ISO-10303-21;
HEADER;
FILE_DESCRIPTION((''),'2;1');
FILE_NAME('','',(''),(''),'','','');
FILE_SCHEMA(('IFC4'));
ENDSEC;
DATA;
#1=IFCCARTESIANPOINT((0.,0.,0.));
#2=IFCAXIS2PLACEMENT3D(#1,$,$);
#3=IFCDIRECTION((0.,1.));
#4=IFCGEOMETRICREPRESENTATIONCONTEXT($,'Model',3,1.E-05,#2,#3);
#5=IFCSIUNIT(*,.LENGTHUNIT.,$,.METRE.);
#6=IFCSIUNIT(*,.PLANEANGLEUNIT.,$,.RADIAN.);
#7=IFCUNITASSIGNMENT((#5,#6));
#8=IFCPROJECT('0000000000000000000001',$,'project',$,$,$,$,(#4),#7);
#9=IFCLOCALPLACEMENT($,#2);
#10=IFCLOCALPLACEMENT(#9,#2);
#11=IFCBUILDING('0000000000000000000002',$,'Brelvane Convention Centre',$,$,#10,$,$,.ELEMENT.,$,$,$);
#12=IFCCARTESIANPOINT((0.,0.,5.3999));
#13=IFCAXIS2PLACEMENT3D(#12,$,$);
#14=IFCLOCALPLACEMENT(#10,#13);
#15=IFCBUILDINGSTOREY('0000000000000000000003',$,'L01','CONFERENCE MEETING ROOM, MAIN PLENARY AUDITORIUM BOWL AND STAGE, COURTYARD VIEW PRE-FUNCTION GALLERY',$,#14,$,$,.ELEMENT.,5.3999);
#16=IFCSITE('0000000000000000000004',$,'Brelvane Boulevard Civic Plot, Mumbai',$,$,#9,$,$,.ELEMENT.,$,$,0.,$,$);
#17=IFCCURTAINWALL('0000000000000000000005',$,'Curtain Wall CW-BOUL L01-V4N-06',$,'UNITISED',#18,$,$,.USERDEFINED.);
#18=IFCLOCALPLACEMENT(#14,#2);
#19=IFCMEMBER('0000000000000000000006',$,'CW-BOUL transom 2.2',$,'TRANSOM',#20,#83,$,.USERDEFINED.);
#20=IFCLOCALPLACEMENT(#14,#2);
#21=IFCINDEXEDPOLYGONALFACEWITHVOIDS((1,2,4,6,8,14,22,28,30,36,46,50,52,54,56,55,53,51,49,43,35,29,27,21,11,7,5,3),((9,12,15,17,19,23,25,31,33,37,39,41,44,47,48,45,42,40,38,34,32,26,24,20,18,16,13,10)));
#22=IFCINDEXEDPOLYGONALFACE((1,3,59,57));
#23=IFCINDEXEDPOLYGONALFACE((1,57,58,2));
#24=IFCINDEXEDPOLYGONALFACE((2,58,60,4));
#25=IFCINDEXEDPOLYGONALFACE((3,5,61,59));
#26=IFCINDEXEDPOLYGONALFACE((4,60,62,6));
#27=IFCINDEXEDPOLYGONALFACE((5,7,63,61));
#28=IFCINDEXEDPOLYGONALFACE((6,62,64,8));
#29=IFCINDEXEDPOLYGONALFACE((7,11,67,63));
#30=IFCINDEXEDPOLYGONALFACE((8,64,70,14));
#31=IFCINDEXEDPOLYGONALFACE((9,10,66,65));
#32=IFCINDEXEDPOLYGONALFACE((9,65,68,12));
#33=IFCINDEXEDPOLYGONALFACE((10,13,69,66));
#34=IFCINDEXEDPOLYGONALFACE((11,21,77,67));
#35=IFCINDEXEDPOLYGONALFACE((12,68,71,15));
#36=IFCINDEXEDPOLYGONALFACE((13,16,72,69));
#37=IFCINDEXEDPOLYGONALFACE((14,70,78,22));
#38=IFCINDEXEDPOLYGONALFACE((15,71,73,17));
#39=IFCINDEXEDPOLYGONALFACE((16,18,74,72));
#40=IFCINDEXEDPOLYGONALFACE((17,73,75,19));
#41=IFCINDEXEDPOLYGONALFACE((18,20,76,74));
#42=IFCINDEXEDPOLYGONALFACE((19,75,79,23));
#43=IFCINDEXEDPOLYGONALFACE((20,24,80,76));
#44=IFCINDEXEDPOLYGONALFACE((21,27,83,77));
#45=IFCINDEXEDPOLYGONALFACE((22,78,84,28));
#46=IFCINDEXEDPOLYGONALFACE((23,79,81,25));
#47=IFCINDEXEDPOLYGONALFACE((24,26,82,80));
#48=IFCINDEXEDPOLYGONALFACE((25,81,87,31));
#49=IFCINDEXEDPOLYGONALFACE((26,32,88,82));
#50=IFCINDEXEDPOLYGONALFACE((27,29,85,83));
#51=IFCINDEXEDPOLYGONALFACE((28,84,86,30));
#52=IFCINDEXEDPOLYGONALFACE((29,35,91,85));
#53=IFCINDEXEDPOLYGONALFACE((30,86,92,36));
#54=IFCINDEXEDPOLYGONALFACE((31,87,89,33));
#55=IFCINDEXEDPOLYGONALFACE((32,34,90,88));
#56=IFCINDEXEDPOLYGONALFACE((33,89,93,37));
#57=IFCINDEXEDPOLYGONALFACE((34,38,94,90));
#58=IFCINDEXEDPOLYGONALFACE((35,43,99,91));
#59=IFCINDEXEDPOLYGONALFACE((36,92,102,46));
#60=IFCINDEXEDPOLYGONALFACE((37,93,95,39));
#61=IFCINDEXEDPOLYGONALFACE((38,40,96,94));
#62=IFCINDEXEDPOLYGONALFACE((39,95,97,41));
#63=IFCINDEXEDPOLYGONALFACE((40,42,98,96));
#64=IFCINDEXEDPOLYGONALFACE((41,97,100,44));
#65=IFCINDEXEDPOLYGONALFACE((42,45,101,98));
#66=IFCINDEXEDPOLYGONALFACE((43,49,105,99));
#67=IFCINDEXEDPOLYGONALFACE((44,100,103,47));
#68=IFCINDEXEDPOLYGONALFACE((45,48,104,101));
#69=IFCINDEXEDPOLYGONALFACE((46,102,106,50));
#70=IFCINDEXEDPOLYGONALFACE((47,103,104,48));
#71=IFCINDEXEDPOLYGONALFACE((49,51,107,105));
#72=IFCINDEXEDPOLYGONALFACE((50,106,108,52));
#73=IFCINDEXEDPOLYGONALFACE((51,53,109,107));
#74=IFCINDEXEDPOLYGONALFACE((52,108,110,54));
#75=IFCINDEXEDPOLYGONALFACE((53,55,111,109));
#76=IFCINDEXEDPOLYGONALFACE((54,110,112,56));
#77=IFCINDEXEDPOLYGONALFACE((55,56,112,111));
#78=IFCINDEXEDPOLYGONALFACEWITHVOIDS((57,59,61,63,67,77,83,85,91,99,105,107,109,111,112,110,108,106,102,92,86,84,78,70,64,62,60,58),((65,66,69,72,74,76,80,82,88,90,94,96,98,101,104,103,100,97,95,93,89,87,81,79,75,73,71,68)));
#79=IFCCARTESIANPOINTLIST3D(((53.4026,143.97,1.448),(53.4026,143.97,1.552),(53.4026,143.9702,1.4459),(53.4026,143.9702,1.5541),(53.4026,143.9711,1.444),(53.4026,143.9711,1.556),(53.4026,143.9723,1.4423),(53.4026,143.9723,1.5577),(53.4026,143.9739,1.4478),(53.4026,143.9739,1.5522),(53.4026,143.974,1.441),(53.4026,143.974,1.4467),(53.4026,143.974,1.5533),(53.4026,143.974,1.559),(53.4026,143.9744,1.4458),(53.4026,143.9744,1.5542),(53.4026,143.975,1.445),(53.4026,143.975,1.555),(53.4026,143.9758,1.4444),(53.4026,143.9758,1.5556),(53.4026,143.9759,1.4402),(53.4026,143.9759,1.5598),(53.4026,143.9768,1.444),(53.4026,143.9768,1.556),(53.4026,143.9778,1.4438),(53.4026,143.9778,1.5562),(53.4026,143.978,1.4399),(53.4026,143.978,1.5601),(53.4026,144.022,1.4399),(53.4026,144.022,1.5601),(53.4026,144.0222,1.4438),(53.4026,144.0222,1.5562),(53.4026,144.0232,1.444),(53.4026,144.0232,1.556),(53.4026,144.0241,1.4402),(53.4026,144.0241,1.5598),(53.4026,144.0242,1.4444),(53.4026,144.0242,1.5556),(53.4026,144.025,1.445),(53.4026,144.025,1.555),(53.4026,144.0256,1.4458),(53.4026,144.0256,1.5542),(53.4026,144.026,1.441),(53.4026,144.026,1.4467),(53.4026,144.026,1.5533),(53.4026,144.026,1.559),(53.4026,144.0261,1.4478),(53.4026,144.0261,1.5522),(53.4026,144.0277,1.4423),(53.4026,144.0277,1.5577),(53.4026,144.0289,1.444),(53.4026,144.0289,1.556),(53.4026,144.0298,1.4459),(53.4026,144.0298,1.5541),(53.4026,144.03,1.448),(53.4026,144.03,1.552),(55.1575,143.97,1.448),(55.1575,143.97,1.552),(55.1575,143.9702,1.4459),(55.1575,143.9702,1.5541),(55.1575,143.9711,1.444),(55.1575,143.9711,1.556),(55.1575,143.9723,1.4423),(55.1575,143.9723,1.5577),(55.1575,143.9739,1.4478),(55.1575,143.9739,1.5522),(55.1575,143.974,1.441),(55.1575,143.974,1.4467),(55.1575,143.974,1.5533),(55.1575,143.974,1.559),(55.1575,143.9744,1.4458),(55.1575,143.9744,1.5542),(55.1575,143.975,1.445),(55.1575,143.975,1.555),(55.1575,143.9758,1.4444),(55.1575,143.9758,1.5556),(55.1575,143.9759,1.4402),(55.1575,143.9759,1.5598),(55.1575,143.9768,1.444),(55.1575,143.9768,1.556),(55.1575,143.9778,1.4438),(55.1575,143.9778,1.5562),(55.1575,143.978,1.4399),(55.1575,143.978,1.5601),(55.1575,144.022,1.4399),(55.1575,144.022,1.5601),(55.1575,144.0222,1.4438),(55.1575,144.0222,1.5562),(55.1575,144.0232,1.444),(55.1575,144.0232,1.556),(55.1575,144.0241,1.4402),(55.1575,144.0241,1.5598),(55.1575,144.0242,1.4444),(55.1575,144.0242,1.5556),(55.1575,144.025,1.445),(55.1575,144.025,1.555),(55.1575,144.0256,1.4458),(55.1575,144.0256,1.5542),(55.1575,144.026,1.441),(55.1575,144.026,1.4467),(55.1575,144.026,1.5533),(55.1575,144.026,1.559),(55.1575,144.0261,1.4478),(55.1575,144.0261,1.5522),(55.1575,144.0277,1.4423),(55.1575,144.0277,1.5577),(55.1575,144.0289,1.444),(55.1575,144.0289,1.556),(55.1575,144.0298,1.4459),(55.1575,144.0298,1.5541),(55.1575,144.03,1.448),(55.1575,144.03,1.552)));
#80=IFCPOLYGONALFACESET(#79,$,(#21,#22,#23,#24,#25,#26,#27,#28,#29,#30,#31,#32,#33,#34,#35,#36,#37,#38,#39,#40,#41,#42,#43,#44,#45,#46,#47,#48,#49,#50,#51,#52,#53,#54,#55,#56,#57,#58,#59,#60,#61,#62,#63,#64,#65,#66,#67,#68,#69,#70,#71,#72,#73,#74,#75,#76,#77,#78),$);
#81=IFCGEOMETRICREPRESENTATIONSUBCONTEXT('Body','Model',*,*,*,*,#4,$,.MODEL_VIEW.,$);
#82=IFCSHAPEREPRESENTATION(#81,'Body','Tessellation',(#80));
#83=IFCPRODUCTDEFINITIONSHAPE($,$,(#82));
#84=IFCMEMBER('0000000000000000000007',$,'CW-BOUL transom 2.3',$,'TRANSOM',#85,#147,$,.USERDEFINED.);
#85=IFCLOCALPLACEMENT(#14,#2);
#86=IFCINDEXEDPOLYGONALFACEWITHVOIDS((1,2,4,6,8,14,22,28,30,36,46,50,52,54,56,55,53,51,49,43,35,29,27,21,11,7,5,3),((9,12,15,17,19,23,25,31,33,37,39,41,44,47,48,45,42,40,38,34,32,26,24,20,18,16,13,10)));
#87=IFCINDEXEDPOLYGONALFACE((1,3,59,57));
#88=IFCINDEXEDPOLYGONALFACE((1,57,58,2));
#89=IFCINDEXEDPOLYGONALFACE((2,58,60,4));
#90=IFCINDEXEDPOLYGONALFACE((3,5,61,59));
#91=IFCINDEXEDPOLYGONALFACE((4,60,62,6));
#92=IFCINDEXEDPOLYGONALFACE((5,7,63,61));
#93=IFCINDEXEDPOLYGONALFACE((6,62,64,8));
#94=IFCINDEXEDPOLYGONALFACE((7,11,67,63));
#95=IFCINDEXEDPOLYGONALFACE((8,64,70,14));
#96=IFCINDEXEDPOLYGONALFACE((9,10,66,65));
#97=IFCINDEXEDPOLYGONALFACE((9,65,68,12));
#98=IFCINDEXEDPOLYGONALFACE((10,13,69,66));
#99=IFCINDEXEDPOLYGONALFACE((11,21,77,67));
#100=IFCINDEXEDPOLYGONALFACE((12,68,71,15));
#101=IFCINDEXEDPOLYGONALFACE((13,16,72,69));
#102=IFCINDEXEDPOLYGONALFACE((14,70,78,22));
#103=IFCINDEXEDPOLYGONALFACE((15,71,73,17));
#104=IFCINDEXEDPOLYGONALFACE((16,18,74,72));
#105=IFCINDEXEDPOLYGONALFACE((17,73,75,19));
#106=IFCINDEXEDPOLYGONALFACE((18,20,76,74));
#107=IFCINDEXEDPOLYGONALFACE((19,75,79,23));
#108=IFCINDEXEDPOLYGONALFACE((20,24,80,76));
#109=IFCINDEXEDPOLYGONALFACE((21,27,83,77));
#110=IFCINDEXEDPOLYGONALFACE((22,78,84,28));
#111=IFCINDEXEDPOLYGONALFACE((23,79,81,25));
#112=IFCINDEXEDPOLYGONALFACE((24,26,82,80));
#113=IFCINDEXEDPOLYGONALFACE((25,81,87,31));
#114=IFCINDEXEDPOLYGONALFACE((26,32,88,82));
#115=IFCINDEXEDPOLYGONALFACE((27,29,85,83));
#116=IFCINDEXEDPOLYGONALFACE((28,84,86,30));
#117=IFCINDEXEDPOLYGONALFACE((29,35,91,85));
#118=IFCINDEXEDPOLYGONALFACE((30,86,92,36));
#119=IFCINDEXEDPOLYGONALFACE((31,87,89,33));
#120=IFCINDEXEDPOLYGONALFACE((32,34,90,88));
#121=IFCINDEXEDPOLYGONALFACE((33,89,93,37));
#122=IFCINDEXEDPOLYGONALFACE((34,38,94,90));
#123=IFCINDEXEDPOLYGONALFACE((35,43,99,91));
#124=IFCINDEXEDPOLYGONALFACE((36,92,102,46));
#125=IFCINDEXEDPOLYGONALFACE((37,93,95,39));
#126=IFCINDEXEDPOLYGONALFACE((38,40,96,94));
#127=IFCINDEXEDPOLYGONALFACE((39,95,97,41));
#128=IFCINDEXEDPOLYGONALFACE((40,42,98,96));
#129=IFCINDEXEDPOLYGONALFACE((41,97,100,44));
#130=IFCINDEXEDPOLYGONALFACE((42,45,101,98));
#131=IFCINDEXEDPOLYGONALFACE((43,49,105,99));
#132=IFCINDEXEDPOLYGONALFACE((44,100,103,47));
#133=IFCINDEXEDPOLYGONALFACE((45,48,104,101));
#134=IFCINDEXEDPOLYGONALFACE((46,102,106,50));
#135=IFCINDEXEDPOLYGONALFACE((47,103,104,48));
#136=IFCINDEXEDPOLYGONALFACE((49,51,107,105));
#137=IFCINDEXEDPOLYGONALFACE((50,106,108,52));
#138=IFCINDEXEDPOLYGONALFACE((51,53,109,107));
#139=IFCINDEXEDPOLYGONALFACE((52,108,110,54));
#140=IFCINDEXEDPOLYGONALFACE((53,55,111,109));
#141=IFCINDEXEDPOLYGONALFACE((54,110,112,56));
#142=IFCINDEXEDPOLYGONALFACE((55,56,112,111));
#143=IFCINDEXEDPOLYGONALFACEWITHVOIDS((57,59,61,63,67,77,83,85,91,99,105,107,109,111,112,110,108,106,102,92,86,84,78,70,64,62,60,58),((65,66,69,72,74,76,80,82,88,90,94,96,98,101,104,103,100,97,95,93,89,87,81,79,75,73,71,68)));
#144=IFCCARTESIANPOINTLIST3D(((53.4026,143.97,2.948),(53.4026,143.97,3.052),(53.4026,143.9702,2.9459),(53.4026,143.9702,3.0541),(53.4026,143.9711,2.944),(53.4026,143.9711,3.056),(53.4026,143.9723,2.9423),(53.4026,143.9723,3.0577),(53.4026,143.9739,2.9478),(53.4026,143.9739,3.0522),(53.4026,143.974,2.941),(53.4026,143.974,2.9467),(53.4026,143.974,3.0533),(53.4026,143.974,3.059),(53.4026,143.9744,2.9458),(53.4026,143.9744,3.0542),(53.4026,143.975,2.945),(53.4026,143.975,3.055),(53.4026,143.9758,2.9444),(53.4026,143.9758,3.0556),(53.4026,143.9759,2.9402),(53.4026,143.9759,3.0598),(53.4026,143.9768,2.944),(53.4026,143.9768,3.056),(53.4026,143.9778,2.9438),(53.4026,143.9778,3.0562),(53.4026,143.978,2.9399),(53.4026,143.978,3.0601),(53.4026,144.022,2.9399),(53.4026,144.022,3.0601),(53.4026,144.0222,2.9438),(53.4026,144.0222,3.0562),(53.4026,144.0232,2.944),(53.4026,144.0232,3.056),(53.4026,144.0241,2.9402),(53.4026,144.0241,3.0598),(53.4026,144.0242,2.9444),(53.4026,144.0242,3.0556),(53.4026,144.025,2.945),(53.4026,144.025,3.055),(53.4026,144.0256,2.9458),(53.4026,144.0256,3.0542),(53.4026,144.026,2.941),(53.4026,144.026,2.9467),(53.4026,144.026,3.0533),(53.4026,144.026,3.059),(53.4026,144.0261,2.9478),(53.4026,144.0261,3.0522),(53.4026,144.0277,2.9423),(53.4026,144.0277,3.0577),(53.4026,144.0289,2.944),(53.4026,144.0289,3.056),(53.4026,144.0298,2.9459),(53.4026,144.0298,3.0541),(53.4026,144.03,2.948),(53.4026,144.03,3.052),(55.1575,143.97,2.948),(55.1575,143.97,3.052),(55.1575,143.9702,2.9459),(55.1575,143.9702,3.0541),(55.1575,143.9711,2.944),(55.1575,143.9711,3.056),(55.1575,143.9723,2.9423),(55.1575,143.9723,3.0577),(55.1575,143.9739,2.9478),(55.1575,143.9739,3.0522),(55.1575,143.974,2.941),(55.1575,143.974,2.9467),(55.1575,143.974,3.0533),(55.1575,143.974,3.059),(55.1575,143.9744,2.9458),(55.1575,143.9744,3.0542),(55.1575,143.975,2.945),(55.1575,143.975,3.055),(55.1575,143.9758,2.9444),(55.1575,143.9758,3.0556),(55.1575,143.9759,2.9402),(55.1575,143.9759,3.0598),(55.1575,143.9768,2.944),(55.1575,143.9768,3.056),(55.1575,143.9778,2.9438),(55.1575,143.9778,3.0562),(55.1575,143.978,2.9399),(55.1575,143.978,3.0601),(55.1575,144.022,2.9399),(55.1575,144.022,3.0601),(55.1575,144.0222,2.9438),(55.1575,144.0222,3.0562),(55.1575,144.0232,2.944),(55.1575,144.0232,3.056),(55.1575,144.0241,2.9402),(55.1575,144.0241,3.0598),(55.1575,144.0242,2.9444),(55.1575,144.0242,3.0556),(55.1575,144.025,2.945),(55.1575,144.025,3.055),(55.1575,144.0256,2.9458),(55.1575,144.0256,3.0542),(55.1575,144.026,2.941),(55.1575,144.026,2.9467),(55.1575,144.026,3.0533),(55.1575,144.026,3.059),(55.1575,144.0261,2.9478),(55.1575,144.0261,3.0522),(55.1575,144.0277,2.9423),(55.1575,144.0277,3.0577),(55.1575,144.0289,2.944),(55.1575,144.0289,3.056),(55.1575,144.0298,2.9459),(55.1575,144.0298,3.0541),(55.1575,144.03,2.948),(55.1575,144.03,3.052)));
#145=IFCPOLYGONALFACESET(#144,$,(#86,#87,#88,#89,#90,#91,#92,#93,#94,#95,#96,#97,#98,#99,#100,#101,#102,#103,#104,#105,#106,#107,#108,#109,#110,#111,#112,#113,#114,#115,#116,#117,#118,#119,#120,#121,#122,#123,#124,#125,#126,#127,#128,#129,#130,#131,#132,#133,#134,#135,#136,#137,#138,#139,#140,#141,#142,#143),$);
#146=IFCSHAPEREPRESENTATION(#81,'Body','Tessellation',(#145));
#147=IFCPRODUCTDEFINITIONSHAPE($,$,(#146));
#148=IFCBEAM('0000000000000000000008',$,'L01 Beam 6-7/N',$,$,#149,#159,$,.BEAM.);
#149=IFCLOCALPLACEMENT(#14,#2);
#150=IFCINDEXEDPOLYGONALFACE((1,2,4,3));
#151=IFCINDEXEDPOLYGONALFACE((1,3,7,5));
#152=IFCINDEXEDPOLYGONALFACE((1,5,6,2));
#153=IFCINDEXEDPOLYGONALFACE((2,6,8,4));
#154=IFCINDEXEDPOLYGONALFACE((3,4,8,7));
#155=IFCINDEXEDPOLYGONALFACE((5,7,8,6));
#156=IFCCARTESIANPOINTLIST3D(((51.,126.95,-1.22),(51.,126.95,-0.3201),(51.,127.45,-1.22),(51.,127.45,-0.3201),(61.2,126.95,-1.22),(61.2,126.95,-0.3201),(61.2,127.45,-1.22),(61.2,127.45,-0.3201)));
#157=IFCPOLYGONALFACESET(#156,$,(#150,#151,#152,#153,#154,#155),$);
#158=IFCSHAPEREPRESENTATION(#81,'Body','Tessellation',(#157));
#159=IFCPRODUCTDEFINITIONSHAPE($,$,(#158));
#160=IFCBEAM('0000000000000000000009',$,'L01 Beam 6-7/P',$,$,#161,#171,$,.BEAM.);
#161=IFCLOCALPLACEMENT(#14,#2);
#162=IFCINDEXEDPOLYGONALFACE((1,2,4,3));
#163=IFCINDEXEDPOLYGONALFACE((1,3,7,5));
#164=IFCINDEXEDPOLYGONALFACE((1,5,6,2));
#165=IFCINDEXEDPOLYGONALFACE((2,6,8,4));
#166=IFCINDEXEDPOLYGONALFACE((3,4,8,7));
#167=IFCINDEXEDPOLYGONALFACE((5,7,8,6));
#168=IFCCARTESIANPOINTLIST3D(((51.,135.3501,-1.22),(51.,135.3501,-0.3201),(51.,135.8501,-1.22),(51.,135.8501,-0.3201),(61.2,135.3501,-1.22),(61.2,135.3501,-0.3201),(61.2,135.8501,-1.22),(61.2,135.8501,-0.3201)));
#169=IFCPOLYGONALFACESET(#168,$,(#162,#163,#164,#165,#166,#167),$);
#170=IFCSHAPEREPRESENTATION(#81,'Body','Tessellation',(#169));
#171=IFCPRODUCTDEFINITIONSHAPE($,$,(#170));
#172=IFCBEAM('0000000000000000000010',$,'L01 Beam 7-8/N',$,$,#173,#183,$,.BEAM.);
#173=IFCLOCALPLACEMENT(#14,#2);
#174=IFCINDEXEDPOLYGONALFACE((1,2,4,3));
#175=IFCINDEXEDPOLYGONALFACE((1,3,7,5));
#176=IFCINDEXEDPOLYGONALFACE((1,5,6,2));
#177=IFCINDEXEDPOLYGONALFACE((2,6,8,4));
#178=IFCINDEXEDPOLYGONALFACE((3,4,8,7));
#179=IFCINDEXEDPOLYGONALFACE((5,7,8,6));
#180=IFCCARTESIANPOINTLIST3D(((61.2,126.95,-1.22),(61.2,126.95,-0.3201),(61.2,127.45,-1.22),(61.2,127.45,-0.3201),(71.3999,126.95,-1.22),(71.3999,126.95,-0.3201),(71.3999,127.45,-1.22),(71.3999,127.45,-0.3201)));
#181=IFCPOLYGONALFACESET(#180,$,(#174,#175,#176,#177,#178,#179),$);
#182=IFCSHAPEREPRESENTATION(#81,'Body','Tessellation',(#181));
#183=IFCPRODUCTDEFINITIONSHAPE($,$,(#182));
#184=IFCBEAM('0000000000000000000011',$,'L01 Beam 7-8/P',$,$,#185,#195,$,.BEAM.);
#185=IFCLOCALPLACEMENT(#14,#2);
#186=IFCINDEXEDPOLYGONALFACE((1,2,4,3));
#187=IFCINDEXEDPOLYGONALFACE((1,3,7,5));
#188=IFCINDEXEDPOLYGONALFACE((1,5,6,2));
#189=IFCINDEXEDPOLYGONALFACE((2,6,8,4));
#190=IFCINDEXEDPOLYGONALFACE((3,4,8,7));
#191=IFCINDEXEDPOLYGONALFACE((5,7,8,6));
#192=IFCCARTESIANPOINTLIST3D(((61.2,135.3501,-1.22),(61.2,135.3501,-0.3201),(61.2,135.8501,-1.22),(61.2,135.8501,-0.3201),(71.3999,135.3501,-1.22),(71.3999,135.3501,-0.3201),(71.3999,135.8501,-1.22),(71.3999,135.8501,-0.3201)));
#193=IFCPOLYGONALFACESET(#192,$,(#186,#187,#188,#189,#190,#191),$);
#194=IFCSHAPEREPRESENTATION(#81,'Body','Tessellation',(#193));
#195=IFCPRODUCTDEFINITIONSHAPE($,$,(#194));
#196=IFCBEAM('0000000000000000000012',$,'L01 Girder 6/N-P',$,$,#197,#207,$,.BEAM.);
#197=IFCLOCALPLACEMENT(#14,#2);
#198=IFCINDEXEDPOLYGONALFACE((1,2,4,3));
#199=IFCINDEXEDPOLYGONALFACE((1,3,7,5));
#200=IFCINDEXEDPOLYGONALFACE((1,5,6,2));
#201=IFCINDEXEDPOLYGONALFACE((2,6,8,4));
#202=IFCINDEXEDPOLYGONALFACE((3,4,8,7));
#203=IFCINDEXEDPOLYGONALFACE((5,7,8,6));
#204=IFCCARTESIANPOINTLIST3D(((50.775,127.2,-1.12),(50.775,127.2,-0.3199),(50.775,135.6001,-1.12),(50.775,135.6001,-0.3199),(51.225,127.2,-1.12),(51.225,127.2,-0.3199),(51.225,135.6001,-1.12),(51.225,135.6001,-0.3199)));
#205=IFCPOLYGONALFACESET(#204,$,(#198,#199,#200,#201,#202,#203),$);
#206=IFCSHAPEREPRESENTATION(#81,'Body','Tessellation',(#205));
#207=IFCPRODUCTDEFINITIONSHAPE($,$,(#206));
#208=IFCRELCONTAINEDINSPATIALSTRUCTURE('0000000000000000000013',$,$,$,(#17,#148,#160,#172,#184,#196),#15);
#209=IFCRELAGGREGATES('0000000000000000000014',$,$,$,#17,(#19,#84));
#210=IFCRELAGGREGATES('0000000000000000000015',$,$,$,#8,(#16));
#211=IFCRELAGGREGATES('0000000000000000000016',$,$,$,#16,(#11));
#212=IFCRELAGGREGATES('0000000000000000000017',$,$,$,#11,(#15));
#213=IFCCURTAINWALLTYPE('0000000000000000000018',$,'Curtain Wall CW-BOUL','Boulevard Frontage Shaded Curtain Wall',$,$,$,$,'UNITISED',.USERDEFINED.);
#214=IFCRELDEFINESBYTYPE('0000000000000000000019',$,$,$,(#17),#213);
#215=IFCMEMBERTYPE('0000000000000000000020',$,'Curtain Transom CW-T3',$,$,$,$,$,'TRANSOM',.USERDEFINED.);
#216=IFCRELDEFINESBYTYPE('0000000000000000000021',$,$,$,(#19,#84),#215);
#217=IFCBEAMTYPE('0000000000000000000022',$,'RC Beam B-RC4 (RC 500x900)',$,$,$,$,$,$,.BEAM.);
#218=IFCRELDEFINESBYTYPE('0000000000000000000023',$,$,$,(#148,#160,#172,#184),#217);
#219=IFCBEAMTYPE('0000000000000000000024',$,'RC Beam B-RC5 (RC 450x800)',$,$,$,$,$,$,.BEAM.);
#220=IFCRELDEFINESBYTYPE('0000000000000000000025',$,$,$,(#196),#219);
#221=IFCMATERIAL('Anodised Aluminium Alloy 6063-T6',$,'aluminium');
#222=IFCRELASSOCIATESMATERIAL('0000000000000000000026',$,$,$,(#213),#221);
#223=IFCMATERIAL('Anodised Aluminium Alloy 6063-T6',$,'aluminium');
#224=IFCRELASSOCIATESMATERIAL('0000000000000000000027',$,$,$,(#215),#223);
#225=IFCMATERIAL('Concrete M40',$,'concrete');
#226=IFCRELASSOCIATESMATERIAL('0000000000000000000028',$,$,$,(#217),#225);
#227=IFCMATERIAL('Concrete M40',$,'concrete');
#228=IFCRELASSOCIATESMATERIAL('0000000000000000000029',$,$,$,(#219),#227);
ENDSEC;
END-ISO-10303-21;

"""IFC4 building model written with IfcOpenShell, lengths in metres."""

from ifc_helpers import new_model, si_unit, direction, frame, origin, origin_2d, place, context, subcontext, project, spatial, rectangle, hollow_rectangle, extrude, material, material_profile, profile_set, type_object, element, aggregate, save


model = new_model("IFC4")

# Units and contexts
model_context = context("Model", 3, precision=1e-05, world=origin(), true_north=direction((0.0, 1.0)))
body_context = subcontext(model_context, "Body", "Model", "MODEL_VIEW")
ifc_project = project(units=[si_unit("LENGTHUNIT", "METRE"), si_unit("PLANEANGLEUNIT", "RADIAN")], contexts=[model_context])

# Site, building, storey
site_placement = place(None, origin())
site = spatial("IfcSite", under=ifc_project, at=site_placement, Name="Brelvane Boulevard Civic Plot, Mumbai", CompositionType="ELEMENT", RefElevation=0.0)
building_placement = place(site_placement, origin())
building = spatial("IfcBuilding", under=site, at=building_placement, Name="Brelvane Convention Centre", CompositionType="ELEMENT")
storey_placement = place(building_placement, frame((0.0, 0.0, 5.3999)))
storey = spatial("IfcBuildingStorey", under=building, at=storey_placement, Name="L01", Description="CONFERENCE MEETING ROOM, MAIN PLENARY AUDITORIUM BOWL AND STAGE, COURTYARD VIEW PRE-FUNCTION GALLERY", CompositionType="ELEMENT", Elevation=5.3999)

# Curtain wall, members
ifc_material_1 = material(Name="Anodised Aluminium Alloy 6063-T6", Category="aluminium")
curtain_wall_type = type_object("IfcCurtainWallType", Name="Curtain Wall CW-BOUL", Description="Boulevard Frontage Shaded Curtain Wall", ElementType="UNITISED", PredefinedType="USERDEFINED", material=ifc_material_1)
curtain_wall_placement = place(storey_placement, origin())
curtain_wall = element("IfcCurtainWall", 1, at=curtain_wall_placement, inside=storey, type_object=curtain_wall_type, Name="Curtain Wall CW-BOUL L01-V4N-06", ObjectType="UNITISED", PredefinedType="USERDEFINED")
ifc_material_2 = material(Name="Anodised Aluminium Alloy 6063-T6", Category="aluminium")
ifc_material_profile_1 = material_profile(ifc_material_2, hollow_rectangle(XDim=0.0601, YDim=0.1201, WallThickness=0.0039, InnerFilletRadius=0.0039, OuterFilletRadius=0.0081, at=origin_2d()), Name="ALU-T 120x60x4.0")
ifc_profile_set_1 = profile_set([ifc_material_profile_1], Name="Anodised Aluminium Alloy 6063-T6")
member_type_1 = type_object("IfcMemberType", Name="Curtain Transom CW-T3", ElementType="TRANSOM", PredefinedType="USERDEFINED", material=ifc_profile_set_1)
member_1_placement = place(storey_placement, frame((53.4026, 144.0, 1.5), z_axis=(1.0, 0.0, 0.0), x_axis=(0.0, 1.0, 0.0)))
member_1 = element("IfcMember", 2, at=member_1_placement, type_object=member_type_1, Name="CW-BOUL transom 2.2", ObjectType="TRANSOM", PredefinedType="USERDEFINED", context=body_context, shape_type="SweptSolid", body=[
    extrude(hollow_rectangle(XDim=0.0601, YDim=0.1201, WallThickness=0.0039, InnerFilletRadius=0.0039, OuterFilletRadius=0.0081, at=origin_2d()), origin(), (0.0, 0.0, 1.0), 1.7549),
])
member_2_placement = place(storey_placement, frame((53.4026, 144.0, 3.0), z_axis=(1.0, 0.0, 0.0), x_axis=(0.0, 1.0, 0.0)))
member_2 = element("IfcMember", 3, at=member_2_placement, type_object=member_type_1, Name="CW-BOUL transom 2.3", ObjectType="TRANSOM", PredefinedType="USERDEFINED", context=body_context, shape_type="SweptSolid", body=[
    extrude(hollow_rectangle(XDim=0.0601, YDim=0.1201, WallThickness=0.0039, InnerFilletRadius=0.0039, OuterFilletRadius=0.0081, at=origin_2d()), origin(), (0.0, 0.0, 1.0), 1.7549),
])

# Beams
ifc_material_3 = material(Name="Concrete M40", Category="concrete")
ifc_material_profile_2 = material_profile(ifc_material_3, rectangle(XDim=0.5, YDim=0.8999, at=origin_2d()), Name="RC 500x900")
ifc_profile_set_2 = profile_set([ifc_material_profile_2], Name="Concrete M40")
beam_type_1 = type_object("IfcBeamType", Name="RC Beam B-RC4 (RC 500x900)", PredefinedType="BEAM", material=ifc_profile_set_2)
for number, where, z_axis, x_axis, name in (
    (4, (51.0, 127.2, -0.77), (1.0, 0.0, 0.0), (0.0, 1.0, 0.0), "L01 Beam 6-7/N"),
    (5, (51.0, 135.6001, -0.77), (1.0, 0.0, 0.0), (0.0, 1.0, 0.0), "L01 Beam 6-7/P"),
    (6, (61.2, 127.2, -0.77), (1.0, 0.0, 0.0), (0.0, 1.0, 0.0), "L01 Beam 7-8/N"),
    (7, (61.2, 135.6001, -0.77), (1.0, 0.0, 0.0), (0.0, 1.0, 0.0), "L01 Beam 7-8/P"),
):
    element("IfcBeam", number, at=place(storey_placement, frame(where, z_axis=z_axis, x_axis=x_axis)), inside=storey, type_object=beam_type_1, Name=name, PredefinedType="BEAM", context=body_context, shape_type="SweptSolid", body=[
        extrude(rectangle(XDim=0.5, YDim=0.8999, at=origin_2d()), origin(), (0.0, 0.0, 1.0), 10.2),
    ])
ifc_material_4 = material(Name="Concrete M40", Category="concrete")
ifc_material_profile_3 = material_profile(ifc_material_4, rectangle(XDim=0.45, YDim=0.8, at=origin_2d()), Name="RC 450x800")
ifc_profile_set_3 = profile_set([ifc_material_profile_3], Name="Concrete M40")
beam_type_2 = type_object("IfcBeamType", Name="RC Beam B-RC5 (RC 450x800)", PredefinedType="BEAM", material=ifc_profile_set_3)
beam_1_placement = place(storey_placement, frame((51.0, 127.2, -0.72), z_axis=(0.0, 1.0, 0.0), x_axis=(-1.0, 0.0, 0.0)))
element("IfcBeam", 8, at=beam_1_placement, inside=storey, type_object=beam_type_2, Name="L01 Girder 6/N-P", PredefinedType="BEAM", context=body_context, shape_type="SweptSolid", body=[
    extrude(rectangle(XDim=0.45, YDim=0.8, at=origin_2d()), origin(), (0.0, 0.0, 1.0), 8.4001),
])

aggregate(curtain_wall, [member_1, member_2])

save(model, "model.ifc")
